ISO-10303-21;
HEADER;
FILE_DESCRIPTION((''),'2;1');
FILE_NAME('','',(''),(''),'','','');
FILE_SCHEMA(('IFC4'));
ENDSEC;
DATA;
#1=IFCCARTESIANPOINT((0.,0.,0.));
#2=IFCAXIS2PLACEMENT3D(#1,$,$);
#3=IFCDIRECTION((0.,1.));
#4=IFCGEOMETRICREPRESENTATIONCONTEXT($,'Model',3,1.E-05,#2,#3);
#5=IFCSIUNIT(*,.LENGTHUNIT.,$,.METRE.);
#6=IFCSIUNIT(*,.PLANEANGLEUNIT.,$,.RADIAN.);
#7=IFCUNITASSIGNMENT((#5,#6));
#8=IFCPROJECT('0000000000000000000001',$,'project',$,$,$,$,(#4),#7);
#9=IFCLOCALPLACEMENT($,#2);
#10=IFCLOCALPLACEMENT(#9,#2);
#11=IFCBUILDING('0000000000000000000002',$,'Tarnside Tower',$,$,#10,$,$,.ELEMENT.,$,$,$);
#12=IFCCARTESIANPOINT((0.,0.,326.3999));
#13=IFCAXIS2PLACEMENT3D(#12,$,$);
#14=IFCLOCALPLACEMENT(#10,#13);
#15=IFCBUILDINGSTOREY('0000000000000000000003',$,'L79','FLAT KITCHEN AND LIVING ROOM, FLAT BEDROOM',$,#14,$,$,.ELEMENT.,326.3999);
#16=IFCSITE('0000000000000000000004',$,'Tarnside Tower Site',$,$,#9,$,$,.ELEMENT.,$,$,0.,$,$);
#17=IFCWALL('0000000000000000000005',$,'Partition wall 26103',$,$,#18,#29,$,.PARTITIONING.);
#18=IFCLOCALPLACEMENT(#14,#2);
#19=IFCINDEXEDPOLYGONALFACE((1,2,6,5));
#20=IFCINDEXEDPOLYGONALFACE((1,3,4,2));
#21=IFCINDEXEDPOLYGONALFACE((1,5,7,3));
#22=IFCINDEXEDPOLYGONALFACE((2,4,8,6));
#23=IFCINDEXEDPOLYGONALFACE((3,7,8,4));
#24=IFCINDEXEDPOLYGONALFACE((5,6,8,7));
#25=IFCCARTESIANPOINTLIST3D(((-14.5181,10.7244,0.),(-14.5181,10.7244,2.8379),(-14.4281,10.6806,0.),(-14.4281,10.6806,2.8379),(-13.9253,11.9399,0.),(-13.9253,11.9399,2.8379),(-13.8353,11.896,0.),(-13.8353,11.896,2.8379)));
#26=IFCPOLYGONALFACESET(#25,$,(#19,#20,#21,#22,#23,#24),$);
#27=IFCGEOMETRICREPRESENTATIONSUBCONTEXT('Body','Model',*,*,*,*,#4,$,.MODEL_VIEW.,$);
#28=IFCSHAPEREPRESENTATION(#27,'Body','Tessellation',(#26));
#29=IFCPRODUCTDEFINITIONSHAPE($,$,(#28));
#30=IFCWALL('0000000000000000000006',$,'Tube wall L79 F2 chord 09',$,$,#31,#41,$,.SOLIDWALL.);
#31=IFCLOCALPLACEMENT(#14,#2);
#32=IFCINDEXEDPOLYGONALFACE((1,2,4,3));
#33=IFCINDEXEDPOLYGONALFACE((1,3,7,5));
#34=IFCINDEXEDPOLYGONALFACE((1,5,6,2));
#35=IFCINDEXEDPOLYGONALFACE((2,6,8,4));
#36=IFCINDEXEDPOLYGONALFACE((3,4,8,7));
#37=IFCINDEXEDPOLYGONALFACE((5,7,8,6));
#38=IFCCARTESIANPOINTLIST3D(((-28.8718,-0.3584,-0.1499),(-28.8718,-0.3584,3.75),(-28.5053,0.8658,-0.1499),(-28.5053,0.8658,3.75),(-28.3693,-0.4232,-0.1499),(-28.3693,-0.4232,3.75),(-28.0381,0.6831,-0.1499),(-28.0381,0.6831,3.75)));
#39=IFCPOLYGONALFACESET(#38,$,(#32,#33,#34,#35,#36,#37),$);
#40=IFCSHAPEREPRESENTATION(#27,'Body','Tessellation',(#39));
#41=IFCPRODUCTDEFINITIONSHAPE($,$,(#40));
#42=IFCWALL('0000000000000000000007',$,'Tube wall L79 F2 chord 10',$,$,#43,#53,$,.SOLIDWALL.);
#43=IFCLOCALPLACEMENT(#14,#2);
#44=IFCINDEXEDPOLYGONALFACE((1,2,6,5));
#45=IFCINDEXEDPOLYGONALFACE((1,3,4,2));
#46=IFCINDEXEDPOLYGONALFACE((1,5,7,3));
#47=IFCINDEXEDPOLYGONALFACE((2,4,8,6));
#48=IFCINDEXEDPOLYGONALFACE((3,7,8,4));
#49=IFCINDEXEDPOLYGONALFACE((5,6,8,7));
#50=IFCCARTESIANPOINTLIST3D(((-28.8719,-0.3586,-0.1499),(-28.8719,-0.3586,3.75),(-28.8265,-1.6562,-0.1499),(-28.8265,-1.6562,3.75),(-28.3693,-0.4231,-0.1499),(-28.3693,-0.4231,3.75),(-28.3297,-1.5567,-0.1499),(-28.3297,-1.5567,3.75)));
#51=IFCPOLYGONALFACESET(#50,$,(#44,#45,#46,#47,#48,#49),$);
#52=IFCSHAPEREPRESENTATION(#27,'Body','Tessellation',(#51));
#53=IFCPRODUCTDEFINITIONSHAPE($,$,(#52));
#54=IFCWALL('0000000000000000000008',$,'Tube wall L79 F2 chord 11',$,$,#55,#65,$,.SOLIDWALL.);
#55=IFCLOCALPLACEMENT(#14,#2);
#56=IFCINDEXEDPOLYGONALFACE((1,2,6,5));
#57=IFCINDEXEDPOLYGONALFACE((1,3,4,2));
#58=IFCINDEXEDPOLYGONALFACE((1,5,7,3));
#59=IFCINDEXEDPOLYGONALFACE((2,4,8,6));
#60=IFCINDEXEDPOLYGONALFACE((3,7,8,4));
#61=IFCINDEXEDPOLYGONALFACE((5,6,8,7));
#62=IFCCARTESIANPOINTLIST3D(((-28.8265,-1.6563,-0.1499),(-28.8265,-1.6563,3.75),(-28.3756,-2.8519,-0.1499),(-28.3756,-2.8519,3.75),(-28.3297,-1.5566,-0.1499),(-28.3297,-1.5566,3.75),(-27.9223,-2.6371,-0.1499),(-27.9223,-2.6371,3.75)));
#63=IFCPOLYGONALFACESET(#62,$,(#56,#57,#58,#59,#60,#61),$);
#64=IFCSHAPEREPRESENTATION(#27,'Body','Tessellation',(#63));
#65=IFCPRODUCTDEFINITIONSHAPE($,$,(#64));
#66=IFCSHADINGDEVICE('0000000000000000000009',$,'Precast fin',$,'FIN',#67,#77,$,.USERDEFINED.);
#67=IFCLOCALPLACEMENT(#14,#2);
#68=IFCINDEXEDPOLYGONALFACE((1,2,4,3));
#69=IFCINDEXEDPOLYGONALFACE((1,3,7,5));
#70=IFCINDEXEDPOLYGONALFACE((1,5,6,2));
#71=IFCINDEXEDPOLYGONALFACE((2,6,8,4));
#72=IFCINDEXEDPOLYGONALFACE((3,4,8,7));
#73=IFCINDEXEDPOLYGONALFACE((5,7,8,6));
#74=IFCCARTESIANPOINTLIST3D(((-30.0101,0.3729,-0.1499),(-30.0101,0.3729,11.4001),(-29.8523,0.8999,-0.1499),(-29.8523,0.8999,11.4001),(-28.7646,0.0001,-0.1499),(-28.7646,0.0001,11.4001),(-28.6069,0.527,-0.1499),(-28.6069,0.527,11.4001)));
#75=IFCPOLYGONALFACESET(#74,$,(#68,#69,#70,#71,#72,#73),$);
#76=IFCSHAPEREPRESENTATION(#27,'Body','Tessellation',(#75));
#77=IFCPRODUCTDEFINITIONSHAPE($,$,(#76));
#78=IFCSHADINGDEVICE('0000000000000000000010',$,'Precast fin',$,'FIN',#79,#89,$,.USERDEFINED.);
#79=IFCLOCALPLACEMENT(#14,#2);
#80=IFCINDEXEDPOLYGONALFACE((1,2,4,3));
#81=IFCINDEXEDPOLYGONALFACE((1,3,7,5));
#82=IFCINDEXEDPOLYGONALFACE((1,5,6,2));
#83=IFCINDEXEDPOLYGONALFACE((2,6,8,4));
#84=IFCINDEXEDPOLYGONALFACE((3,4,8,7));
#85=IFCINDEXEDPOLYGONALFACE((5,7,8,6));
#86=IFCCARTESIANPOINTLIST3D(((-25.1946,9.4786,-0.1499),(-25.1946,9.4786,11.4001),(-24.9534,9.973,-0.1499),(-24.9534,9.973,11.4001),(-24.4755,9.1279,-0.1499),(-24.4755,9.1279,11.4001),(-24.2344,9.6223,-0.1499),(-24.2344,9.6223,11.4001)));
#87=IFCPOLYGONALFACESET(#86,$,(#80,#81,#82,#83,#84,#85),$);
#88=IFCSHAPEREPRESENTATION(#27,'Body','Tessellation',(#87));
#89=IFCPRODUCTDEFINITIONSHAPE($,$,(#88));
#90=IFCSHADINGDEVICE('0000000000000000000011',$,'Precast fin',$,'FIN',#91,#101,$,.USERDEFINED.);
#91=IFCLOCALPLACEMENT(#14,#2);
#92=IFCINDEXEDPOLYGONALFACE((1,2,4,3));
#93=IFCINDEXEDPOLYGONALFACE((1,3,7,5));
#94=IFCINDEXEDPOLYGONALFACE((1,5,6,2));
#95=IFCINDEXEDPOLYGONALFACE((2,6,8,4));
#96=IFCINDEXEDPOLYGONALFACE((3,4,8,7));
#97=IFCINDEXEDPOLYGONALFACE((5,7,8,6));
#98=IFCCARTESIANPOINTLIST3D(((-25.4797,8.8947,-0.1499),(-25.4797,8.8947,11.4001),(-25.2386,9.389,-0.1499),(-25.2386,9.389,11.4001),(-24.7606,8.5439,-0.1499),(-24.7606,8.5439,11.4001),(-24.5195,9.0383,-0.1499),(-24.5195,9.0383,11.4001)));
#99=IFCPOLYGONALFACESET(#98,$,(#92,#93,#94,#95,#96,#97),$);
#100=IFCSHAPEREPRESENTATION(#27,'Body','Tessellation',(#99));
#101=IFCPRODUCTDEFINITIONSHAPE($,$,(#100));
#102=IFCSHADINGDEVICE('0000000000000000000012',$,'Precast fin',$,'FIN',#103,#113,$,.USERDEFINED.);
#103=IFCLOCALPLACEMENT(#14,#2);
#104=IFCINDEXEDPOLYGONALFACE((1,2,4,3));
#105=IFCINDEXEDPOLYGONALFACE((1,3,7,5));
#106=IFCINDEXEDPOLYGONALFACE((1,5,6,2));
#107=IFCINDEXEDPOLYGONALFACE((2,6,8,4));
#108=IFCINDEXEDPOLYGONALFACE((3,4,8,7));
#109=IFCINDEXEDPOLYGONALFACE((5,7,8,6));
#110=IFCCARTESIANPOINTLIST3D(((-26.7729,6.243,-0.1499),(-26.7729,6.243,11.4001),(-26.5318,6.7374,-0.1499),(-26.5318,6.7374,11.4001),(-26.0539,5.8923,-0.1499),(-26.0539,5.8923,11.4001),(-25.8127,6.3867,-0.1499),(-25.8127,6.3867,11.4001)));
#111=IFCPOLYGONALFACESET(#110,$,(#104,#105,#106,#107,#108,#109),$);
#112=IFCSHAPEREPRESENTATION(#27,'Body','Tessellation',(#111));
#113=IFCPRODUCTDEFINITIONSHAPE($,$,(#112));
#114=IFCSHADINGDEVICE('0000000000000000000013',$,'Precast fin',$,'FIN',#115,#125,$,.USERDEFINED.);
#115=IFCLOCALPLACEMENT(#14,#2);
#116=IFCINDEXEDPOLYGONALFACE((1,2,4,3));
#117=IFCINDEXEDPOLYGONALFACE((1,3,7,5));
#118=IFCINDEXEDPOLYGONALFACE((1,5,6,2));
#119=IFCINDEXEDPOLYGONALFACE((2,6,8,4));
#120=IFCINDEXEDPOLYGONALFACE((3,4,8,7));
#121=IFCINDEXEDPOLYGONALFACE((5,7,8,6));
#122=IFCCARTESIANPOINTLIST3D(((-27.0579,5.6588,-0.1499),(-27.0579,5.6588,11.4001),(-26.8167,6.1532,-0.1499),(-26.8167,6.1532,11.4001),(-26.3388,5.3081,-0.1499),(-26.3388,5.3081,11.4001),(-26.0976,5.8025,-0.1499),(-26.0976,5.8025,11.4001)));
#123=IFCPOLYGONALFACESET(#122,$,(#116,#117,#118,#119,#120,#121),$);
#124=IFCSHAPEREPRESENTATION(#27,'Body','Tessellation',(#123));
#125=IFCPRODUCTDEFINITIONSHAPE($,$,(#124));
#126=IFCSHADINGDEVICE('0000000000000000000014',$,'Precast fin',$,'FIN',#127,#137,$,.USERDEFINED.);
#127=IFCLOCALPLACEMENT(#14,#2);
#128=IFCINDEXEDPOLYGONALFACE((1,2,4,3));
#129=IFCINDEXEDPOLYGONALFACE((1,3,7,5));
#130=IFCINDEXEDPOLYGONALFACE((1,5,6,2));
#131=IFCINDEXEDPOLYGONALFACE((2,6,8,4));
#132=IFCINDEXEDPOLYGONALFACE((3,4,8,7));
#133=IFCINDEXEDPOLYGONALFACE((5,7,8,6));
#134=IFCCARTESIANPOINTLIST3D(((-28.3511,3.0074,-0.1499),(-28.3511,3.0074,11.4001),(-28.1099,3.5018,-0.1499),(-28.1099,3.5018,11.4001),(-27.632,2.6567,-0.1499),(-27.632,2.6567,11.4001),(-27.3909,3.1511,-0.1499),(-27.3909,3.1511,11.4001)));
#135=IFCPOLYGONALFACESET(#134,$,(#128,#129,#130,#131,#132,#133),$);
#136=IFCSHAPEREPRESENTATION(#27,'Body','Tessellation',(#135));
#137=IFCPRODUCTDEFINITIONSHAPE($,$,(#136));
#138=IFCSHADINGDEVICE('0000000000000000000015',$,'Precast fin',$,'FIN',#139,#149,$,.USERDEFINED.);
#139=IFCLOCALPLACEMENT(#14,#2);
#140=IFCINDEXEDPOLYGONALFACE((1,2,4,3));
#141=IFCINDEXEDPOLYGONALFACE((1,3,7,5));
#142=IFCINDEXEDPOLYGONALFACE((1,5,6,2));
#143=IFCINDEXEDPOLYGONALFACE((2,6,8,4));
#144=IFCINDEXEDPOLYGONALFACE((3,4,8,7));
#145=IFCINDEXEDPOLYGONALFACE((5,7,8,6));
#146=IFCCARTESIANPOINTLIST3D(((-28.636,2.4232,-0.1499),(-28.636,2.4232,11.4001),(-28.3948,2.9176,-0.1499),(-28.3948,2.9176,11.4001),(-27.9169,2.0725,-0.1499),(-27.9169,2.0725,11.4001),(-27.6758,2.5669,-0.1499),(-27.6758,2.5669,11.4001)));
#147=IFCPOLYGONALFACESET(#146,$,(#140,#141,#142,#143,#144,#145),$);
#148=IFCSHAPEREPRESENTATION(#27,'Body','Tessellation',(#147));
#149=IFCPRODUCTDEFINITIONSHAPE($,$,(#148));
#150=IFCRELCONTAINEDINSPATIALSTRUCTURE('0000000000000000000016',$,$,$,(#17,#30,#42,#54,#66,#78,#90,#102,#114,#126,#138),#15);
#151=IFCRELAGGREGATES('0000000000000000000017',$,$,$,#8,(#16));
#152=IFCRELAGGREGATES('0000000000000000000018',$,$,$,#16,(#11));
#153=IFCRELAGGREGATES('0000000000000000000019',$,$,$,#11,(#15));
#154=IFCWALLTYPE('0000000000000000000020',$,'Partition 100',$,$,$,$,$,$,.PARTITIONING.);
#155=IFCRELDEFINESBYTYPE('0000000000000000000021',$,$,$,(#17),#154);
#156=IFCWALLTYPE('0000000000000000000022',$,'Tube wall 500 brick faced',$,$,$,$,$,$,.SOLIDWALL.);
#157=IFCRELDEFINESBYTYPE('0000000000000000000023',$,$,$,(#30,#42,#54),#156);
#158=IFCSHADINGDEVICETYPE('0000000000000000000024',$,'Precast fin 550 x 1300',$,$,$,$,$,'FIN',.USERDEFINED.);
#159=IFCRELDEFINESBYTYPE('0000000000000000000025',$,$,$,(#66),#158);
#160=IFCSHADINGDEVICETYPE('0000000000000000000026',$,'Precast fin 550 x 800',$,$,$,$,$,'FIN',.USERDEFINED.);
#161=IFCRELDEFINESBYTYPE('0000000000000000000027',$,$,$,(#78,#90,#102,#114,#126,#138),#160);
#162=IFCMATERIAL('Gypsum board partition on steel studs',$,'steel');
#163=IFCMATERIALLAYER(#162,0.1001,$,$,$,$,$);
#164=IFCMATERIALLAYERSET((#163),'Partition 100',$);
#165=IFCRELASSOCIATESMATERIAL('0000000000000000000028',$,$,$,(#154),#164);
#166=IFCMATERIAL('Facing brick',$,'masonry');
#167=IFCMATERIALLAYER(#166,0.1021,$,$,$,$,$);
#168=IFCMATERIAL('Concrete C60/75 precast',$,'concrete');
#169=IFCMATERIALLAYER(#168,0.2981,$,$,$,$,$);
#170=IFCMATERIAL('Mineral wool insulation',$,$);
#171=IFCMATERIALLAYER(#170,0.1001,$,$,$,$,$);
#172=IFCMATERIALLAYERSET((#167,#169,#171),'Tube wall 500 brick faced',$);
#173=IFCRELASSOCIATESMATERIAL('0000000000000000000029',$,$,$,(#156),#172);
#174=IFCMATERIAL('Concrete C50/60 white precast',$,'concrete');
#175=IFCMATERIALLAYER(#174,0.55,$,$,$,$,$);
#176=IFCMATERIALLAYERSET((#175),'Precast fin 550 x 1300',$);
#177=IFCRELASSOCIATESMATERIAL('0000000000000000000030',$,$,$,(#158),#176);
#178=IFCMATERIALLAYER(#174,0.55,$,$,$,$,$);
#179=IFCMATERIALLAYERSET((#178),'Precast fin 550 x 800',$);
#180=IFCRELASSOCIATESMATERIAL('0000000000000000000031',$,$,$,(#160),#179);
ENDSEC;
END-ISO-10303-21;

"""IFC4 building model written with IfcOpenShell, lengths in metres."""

from ifc_helpers import new_model, si_unit, direction, frame, frame_2d, origin, place, context, subcontext, project, spatial, polyline, rectangle, outline, extrude, material, layer, layer_set, type_object, element, save


model = new_model("IFC4")

# Units and contexts
model_context = context("Model", 3, precision=1e-05, world=origin(), true_north=direction((0.0, 1.0)))
body_context = subcontext(model_context, "Body", "Model", "MODEL_VIEW")
ifc_project = project(units=[si_unit("LENGTHUNIT", "METRE"), si_unit("PLANEANGLEUNIT", "RADIAN")], contexts=[model_context])

# Site, building, storey
site_placement = place(None, origin())
site = spatial("IfcSite", under=ifc_project, at=site_placement, Name="Tarnside Tower Site", CompositionType="ELEMENT", RefElevation=0.0)
building_placement = place(site_placement, origin())
building = spatial("IfcBuilding", under=site, at=building_placement, Name="Tarnside Tower", CompositionType="ELEMENT")
storey_placement = place(building_placement, frame((0.0, 0.0, 326.3999)))
storey = spatial("IfcBuildingStorey", under=building, at=storey_placement, Name="L79", Description="FLAT KITCHEN AND LIVING ROOM, FLAT BEDROOM", CompositionType="ELEMENT", Elevation=326.3999)

# Shared definitions
ifc_material_1 = material(Name="Gypsum board partition on steel studs", Category="steel")

# Walls
ifc_material_2 = material(Name="Concrete C60/75 precast", Category="concrete")
ifc_material_3 = material(Name="Mineral wool insulation")
ifc_layer_1 = layer(ifc_material_1, 0.1001)
ifc_layer_set_1 = layer_set([ifc_layer_1], Name="Partition 100")
wall_type_1 = type_object("IfcWallType", Name="Partition 100", PredefinedType="PARTITIONING", material=ifc_layer_set_1)
wall_1_placement = place(storey_placement, frame((-14.4731, 10.7024, 0.0), z_axis=(0.0, 0.0, 1.0), x_axis=(0.438381, 0.898789, 0.0)))
element("IfcWall", 1, at=wall_1_placement, inside=storey, type_object=wall_type_1, Name="Partition wall 26103", PredefinedType="PARTITIONING", context=body_context, shape_type="SweptSolid", body=[
    extrude(rectangle(XDim=1.3523, YDim=0.1001, at=frame_2d((0.6763, 0.0))), origin(), (0.0, 0.0, 1.0), 2.8379),
])
ifc_material_4 = material(Name="Facing brick", Category="masonry")
ifc_layer_2 = layer(ifc_material_4, 0.1021)
ifc_layer_3 = layer(ifc_material_2, 0.2981)
ifc_layer_4 = layer(ifc_material_3, 0.1001)
ifc_layer_set_2 = layer_set([ifc_layer_2, ifc_layer_3, ifc_layer_4], Name="Tube wall 500 brick faced")
wall_type_2 = type_object("IfcWallType", Name="Tube wall 500 brick faced", PredefinedType="SOLIDWALL", material=ifc_layer_set_2)
wall_2_placement = place(storey_placement, frame((-28.2717, 0.7744, -0.1499), z_axis=(0.0, 0.0, 1.0), x_axis=(-0.286814, -0.957986, 0.0)))
element("IfcWall", 2, at=wall_2_placement, inside=storey, type_object=wall_type_2, Name="Tube wall L79 F2 chord 09", PredefinedType="SOLIDWALL", context=body_context, shape_type="SweptSolid", body=[
    extrude(outline(polyline([(-0.0205, -0.25), (1.2573, -0.25), (1.1753, 0.25), (0.0205, 0.25), (-0.0205, -0.25)])), origin(), (0.0, 0.0, 1.0), 3.8999),
])
wall_3_placement = place(storey_placement, frame((-28.6206, -0.3909, -0.1499), z_axis=(0.0, 0.0, 1.0), x_axis=(0.034925, -0.99939, 0.0)))
element("IfcWall", 3, at=wall_3_placement, inside=storey, type_object=wall_type_2, Name="Tube wall L79 F2 chord 10", PredefinedType="SOLIDWALL", context=body_context, shape_type="SweptSolid", body=[
    extrude(outline(polyline([(-0.041, -0.25), (1.2573, -0.25), (1.1753, 0.25), (0.041, 0.25), (-0.041, -0.25)])), origin(), (0.0, 0.0, 1.0), 3.8999),
])
wall_4_placement = place(storey_placement, frame((-28.5781, -1.6064, -0.1499), z_axis=(0.0, 0.0, 1.0), x_axis=(0.352838, -0.935684, 0.0)))
element("IfcWall", 4, at=wall_4_placement, inside=storey, type_object=wall_type_2, Name="Tube wall L79 F2 chord 11", PredefinedType="SOLIDWALL", context=body_context, shape_type="SweptSolid", body=[
    extrude(outline(polyline([(-0.041, -0.25), (1.2368, -0.25), (1.1958, 0.25), (0.041, 0.25), (-0.041, -0.25)])), origin(), (0.0, 0.0, 1.0), 3.8999),
])

# Shading devices
ifc_material_5 = material(Name="Concrete C50/60 white precast", Category="concrete")
ifc_layer_5 = layer(ifc_material_5, 0.55)
ifc_layer_set_3 = layer_set([ifc_layer_5], Name="Precast fin 550 x 1300")
shading_device_type_1 = type_object("IfcShadingDeviceType", Name="Precast fin 550 x 1300", ElementType="FIN", PredefinedType="USERDEFINED", material=ifc_layer_set_3)
shading_device_placement = place(storey_placement, frame((-28.6858, 0.2634, -0.1499), z_axis=(0.286803, 0.95799, 0.0), x_axis=(-0.95799, 0.286803, 0.0)))
element("IfcShadingDevice", 5, at=shading_device_placement, inside=storey, type_object=shading_device_type_1, Name="Precast fin", ObjectType="FIN", PredefinedType="USERDEFINED", context=body_context, shape_type="SweptSolid", body=[
    extrude(outline(polyline([(0.0, 0.0), (1.3, 0.0), (1.3, 11.55), (0.0, 11.55), (0.0, 0.0)])), frame((0.0, 0.0, -0.2749)), (0.0, 0.0, 1.0), 0.55),
])
ifc_layer_6 = layer(ifc_material_5, 0.55)
ifc_layer_set_4 = layer_set([ifc_layer_6], Name="Precast fin 550 x 800")
shading_device_type_2 = type_object("IfcShadingDeviceType", Name="Precast fin 550 x 800", ElementType="FIN", PredefinedType="USERDEFINED", material=ifc_layer_set_4)
for number, where, z_axis, x_axis, name in (
    (6, (-24.355, 9.375, -0.1499), (0.438371, 0.898794, 0.0), (-0.898794, 0.438371, 0.0), "Precast fin"),
    (7, (-24.6401, 8.791, -0.1499), (0.438371, 0.898794, 0.0), (-0.898794, 0.438371, 0.0), "Precast fin"),
    (8, (-25.9333, 6.1394, -0.1499), (0.438371, 0.898794, 0.0), (-0.898794, 0.438371, 0.0), "Precast fin"),
    (9, (-26.2183, 5.5552, -0.1499), (0.438371, 0.898794, 0.0), (-0.898794, 0.438371, 0.0), "Precast fin"),
    (10, (-27.5115, 2.9038, -0.1499), (0.438371, 0.898794, 0.0), (-0.898794, 0.438371, 0.0), "Precast fin"),
    (11, (-27.7964, 2.3196, -0.1499), (0.438371, 0.898794, 0.0), (-0.898794, 0.438371, 0.0), "Precast fin"),
):
    element("IfcShadingDevice", number, at=place(storey_placement, frame(where, z_axis=z_axis, x_axis=x_axis)), inside=storey, type_object=shading_device_type_2, Name=name, ObjectType="FIN", PredefinedType="USERDEFINED", context=body_context, shape_type="SweptSolid", body=[
        extrude(outline(polyline([(0.0, 0.0), (0.8, 0.0), (0.8, 11.55), (0.0, 11.55), (0.0, 0.0)])), frame((0.0, 0.0, -0.2749)), (0.0, 0.0, 1.0), 0.55),
    ])

save(model, "model.ifc")
